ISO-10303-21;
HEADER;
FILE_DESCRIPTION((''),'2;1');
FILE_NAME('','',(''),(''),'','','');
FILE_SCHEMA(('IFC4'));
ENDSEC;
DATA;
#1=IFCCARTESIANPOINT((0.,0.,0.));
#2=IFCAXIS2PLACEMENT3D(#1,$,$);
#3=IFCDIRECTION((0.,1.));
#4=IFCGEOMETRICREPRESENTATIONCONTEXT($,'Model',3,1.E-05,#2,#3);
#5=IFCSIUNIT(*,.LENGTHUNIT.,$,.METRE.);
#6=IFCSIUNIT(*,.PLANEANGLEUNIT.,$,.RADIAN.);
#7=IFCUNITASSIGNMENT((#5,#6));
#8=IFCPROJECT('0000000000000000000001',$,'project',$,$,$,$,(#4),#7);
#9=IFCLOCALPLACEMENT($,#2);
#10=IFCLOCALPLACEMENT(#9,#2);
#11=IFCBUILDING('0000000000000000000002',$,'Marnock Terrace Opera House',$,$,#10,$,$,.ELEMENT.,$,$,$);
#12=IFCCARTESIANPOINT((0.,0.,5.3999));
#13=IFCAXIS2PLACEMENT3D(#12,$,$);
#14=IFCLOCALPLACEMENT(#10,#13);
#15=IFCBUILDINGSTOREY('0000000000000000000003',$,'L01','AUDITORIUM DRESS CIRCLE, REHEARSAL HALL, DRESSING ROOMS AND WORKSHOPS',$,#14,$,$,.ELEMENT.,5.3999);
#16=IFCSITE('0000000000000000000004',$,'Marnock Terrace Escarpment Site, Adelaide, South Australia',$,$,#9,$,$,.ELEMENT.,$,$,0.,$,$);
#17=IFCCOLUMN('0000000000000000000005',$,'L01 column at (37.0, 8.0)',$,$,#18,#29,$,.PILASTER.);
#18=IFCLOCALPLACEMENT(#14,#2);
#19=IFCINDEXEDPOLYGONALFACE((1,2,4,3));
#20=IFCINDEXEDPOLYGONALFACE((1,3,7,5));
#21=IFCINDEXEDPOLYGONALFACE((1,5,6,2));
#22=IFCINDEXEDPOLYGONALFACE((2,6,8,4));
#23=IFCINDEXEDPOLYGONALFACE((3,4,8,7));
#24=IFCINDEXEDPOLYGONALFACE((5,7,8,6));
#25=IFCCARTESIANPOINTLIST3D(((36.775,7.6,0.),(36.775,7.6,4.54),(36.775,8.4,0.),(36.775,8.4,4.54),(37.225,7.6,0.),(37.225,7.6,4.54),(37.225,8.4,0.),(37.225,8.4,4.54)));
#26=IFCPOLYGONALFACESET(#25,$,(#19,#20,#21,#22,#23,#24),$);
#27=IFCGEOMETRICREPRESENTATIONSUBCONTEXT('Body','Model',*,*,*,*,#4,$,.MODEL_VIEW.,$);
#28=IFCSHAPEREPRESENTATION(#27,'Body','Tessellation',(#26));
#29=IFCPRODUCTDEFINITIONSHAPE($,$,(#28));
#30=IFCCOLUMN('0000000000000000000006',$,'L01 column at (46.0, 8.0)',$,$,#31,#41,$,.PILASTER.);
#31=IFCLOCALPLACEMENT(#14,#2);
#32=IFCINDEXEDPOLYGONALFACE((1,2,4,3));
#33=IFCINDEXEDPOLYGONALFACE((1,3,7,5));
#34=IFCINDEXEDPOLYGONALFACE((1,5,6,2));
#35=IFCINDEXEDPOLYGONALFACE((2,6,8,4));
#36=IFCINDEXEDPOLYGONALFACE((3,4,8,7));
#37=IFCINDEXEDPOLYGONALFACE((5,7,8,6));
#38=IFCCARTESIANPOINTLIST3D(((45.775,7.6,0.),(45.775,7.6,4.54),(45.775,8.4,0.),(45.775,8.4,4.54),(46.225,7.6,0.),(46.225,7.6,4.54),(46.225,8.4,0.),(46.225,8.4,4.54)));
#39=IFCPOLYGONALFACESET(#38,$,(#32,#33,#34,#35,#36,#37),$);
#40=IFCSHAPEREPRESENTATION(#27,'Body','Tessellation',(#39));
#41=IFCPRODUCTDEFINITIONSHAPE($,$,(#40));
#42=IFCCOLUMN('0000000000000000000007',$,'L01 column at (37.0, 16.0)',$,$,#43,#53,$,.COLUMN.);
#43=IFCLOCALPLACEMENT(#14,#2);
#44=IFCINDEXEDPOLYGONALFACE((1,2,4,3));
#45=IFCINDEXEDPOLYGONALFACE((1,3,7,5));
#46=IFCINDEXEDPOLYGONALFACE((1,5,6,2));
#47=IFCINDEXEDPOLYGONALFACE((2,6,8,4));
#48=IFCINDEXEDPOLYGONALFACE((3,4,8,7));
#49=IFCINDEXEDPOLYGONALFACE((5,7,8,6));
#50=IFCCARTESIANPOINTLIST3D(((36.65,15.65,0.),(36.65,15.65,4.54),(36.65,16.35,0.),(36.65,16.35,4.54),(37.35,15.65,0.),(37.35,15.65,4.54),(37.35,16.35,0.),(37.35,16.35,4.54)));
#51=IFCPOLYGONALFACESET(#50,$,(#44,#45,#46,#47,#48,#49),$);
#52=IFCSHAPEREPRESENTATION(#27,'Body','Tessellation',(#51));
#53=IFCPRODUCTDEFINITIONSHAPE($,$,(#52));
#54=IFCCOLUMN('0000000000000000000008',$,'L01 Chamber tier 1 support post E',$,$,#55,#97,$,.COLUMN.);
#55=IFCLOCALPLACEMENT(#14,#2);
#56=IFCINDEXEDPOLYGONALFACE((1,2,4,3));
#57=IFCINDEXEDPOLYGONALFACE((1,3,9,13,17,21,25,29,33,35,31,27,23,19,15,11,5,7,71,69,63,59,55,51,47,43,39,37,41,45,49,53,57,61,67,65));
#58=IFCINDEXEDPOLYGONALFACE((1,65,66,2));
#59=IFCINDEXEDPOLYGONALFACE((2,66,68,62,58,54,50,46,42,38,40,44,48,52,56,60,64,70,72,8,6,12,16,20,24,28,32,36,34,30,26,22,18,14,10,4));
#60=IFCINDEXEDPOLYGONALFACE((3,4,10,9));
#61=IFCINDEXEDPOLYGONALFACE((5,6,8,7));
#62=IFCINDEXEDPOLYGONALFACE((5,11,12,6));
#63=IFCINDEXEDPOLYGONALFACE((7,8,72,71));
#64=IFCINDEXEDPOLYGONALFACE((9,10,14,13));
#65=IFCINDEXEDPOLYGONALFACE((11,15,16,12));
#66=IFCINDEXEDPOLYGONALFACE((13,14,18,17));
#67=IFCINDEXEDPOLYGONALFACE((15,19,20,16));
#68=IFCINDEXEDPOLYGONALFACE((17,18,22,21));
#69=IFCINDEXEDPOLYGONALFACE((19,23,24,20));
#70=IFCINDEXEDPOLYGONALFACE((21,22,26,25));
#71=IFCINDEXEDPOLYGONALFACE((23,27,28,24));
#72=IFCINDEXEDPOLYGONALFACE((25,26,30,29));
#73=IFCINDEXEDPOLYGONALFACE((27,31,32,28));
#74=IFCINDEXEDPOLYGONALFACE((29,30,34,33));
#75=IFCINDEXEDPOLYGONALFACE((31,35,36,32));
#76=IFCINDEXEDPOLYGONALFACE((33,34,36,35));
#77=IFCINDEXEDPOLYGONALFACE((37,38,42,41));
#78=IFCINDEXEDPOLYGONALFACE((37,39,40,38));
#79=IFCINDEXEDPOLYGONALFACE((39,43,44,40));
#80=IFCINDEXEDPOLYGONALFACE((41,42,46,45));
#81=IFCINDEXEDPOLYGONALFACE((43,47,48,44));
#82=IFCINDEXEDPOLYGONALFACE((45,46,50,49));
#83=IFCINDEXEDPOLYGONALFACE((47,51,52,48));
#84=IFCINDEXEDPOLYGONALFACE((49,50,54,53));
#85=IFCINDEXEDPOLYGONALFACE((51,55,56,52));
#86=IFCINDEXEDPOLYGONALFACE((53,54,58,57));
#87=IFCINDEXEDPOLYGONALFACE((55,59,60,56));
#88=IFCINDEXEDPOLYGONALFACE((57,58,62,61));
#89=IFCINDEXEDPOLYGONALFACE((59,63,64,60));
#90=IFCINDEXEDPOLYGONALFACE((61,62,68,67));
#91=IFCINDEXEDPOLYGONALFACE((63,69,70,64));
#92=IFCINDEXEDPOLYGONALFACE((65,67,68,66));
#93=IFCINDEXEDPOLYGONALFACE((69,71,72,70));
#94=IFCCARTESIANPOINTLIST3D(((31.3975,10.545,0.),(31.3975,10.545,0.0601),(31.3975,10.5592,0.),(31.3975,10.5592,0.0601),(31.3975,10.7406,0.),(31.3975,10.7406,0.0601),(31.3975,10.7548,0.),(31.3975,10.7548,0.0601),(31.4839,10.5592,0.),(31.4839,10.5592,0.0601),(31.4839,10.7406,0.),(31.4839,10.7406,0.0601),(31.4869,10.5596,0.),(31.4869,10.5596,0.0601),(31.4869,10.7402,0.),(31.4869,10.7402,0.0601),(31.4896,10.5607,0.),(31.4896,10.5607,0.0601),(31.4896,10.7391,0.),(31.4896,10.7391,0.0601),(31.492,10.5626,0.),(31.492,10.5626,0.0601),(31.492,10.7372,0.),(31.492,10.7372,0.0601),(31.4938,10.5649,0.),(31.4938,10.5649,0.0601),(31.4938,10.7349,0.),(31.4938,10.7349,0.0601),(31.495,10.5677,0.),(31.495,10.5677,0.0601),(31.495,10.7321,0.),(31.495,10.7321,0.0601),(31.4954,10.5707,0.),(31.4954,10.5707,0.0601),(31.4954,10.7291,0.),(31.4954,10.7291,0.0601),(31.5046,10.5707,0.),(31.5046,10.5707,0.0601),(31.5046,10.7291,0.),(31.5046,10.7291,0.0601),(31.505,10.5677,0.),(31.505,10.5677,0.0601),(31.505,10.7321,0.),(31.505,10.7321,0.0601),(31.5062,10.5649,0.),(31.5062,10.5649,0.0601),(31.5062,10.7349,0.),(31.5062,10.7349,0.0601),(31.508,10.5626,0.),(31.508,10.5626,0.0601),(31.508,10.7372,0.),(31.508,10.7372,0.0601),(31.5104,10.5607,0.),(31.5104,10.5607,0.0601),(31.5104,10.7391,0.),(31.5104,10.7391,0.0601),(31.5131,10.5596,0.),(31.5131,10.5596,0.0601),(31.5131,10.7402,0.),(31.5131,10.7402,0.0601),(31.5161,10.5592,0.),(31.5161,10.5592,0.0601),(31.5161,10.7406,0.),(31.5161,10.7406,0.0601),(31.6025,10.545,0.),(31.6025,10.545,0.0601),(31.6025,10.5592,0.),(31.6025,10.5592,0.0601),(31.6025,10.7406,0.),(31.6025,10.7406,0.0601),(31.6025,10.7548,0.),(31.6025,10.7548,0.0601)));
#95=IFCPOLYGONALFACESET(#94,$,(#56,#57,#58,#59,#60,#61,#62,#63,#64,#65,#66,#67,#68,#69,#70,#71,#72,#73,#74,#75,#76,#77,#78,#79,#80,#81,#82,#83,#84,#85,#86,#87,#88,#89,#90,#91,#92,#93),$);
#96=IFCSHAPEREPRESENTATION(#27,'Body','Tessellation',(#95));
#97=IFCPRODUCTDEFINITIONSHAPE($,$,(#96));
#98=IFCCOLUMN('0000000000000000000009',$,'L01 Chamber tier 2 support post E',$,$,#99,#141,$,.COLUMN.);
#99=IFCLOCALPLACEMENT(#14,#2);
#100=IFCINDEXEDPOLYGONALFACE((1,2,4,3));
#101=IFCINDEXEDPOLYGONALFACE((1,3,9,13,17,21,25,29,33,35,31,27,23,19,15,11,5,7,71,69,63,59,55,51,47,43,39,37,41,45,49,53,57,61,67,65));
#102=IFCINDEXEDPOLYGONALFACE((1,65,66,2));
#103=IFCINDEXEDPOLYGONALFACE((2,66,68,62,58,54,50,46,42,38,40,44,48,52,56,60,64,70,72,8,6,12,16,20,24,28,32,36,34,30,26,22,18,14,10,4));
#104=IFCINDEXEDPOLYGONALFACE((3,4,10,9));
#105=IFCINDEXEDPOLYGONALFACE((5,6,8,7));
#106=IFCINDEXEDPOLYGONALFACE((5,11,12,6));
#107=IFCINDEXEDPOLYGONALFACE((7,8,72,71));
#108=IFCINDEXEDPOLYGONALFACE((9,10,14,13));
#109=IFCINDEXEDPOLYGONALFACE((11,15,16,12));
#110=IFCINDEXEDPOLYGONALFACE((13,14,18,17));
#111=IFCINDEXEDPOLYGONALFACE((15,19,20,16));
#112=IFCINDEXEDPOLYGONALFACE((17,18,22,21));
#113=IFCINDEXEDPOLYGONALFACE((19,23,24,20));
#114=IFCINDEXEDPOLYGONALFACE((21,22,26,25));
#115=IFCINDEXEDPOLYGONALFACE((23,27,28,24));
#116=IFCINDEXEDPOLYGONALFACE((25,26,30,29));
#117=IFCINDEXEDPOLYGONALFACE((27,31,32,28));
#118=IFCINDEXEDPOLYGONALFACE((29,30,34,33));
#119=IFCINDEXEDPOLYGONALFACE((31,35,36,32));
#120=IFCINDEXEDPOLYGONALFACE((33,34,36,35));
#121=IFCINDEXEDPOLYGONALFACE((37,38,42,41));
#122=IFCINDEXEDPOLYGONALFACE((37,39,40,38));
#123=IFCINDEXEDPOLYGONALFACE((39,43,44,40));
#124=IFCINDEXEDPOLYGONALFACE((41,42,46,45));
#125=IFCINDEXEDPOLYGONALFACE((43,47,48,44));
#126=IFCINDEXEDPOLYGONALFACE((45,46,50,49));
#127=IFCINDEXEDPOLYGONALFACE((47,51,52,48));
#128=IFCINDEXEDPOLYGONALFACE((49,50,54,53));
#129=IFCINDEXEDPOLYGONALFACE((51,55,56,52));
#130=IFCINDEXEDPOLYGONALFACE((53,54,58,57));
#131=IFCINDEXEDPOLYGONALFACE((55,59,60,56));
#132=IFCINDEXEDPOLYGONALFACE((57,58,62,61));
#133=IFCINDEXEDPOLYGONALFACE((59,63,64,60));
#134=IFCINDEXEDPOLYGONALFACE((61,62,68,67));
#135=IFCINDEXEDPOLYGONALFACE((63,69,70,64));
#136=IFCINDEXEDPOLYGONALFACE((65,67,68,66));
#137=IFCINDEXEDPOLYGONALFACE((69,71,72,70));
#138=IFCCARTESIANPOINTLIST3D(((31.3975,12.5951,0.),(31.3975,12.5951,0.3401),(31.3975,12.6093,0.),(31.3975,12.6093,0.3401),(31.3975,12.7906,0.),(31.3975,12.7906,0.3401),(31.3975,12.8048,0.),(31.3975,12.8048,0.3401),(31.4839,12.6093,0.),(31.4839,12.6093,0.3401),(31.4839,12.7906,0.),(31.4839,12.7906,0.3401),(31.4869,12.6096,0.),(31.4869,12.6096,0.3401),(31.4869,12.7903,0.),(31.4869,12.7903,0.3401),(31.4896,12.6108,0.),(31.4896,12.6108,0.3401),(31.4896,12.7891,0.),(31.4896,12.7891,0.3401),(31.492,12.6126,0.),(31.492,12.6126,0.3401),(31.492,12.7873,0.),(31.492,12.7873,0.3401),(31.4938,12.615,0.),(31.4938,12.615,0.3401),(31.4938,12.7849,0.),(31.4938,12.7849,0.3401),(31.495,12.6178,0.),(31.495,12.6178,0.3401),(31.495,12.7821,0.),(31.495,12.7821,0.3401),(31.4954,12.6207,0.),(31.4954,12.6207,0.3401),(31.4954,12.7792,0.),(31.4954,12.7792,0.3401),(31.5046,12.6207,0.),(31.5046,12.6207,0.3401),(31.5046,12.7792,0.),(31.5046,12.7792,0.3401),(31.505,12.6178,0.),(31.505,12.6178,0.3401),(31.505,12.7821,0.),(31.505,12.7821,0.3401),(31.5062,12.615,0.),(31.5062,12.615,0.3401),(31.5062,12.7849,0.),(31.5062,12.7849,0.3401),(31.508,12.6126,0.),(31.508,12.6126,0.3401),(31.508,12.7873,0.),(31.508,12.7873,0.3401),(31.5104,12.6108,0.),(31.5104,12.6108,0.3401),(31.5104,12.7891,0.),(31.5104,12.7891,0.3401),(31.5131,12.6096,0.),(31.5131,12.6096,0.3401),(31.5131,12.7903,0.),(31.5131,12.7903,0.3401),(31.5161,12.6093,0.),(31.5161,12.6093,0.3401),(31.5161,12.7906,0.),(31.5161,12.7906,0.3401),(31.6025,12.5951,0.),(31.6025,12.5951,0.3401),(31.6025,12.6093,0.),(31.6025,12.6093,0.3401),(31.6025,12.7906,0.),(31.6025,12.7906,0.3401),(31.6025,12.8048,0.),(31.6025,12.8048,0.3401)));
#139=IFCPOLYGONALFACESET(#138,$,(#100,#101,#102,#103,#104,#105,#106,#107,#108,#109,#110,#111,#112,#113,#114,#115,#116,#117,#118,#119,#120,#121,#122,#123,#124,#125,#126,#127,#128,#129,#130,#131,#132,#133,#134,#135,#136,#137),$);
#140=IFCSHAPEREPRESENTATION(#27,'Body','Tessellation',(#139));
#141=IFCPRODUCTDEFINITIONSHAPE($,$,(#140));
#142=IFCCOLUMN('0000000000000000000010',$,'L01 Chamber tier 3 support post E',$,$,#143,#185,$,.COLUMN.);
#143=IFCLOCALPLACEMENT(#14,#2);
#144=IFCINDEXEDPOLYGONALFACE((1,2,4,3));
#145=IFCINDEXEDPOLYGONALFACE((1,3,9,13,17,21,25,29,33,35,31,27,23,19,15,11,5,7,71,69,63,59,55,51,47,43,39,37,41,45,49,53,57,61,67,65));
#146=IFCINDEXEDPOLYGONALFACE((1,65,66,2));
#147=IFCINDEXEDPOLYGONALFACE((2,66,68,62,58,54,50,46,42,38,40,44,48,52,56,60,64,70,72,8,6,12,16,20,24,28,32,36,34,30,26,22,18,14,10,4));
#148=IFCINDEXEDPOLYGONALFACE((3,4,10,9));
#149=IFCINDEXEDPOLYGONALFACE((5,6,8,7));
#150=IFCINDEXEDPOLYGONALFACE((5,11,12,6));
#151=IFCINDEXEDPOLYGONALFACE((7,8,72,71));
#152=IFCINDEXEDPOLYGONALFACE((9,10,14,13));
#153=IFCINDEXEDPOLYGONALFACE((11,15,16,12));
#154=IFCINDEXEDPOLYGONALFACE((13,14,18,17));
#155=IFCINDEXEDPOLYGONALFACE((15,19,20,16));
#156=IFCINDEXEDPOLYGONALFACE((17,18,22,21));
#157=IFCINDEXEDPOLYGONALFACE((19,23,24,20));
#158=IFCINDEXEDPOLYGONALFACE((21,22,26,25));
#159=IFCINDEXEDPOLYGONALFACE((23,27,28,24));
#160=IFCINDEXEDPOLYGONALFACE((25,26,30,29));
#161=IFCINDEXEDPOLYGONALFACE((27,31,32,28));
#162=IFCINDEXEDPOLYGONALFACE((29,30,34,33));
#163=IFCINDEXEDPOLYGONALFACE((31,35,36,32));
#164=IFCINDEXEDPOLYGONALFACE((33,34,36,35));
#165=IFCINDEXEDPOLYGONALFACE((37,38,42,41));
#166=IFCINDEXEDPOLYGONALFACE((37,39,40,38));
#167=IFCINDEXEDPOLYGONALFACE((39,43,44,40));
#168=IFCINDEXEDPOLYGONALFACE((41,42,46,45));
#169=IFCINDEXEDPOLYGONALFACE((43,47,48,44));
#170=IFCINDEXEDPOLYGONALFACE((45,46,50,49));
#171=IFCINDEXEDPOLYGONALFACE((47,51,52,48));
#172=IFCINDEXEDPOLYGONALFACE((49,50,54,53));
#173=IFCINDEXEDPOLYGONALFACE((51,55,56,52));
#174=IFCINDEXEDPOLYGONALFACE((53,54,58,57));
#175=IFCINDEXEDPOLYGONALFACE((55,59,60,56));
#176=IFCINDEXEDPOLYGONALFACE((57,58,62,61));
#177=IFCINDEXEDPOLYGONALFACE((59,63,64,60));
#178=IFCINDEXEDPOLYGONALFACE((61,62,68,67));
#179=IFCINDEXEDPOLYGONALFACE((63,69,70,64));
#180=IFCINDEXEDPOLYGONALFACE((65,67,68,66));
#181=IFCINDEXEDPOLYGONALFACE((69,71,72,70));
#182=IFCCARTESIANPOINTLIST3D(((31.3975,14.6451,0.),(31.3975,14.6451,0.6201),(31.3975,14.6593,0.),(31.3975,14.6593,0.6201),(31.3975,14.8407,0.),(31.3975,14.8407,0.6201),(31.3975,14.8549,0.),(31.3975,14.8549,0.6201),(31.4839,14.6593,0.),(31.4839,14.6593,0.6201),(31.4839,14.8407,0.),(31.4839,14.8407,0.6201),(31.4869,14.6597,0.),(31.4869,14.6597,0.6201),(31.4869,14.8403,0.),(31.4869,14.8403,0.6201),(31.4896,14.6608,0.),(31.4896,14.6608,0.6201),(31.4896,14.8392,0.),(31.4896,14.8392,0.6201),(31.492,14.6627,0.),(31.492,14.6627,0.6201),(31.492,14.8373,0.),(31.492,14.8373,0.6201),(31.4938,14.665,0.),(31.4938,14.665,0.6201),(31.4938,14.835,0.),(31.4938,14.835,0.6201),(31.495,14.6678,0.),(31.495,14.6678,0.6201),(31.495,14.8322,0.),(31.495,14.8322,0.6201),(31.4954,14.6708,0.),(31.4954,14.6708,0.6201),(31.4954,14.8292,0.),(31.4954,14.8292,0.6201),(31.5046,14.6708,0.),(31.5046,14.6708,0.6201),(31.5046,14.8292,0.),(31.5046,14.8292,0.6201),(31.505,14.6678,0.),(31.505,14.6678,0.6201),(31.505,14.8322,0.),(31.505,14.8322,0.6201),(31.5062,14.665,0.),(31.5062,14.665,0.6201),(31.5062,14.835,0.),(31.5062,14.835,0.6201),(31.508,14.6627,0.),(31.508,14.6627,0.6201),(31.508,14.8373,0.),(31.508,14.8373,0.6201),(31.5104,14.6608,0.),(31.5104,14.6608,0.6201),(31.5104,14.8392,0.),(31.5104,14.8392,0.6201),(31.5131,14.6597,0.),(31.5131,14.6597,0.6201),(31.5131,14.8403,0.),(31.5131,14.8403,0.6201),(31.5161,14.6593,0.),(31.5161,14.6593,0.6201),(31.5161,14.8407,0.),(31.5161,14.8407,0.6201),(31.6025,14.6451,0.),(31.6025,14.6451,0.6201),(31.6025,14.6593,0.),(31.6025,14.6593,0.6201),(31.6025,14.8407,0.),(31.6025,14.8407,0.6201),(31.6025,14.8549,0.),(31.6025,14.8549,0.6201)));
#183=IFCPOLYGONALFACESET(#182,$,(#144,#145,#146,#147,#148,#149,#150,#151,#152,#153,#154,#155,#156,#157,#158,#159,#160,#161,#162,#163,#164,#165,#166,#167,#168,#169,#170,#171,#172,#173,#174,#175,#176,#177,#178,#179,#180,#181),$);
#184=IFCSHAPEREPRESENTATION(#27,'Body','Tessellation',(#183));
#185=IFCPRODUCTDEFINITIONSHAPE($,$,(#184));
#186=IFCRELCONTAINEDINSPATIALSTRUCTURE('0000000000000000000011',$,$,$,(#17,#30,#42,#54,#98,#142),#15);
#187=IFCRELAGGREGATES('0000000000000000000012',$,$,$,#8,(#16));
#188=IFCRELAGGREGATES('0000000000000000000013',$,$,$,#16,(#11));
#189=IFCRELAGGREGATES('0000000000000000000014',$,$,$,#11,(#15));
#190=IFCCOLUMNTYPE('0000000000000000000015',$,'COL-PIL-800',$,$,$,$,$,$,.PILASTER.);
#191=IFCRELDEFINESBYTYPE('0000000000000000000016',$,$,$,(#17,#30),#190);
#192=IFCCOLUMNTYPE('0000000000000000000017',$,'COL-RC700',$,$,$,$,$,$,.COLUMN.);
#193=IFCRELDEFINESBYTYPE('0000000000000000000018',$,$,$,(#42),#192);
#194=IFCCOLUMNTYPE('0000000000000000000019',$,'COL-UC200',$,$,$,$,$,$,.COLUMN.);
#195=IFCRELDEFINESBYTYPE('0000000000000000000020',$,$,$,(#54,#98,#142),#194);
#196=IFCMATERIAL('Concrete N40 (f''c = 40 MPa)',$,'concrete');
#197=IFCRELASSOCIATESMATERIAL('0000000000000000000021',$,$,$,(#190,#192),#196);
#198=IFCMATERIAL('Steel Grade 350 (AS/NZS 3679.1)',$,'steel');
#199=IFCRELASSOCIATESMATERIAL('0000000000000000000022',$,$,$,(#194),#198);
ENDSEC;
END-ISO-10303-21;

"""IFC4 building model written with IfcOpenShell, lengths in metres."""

from ifc_helpers import new_model, si_unit, direction, frame, origin, origin_2d, place, context, subcontext, project, spatial, rectangle, i_section, extrude, material, material_profile, profile_set, type_object, element, save


model = new_model("IFC4")

# Units and contexts
model_context = context("Model", 3, precision=1e-05, world=origin(), true_north=direction((0.0, 1.0)))
body_context = subcontext(model_context, "Body", "Model", "MODEL_VIEW")
ifc_project = project(units=[si_unit("LENGTHUNIT", "METRE"), si_unit("PLANEANGLEUNIT", "RADIAN")], contexts=[model_context])

# Site, building, storey
site_placement = place(None, origin())
site = spatial("IfcSite", under=ifc_project, at=site_placement, Name="Marnock Terrace Escarpment Site, Adelaide, South Australia", CompositionType="ELEMENT", RefElevation=0.0)
building_placement = place(site_placement, origin())
building = spatial("IfcBuilding", under=site, at=building_placement, Name="Marnock Terrace Opera House", CompositionType="ELEMENT")
storey_placement = place(building_placement, frame((0.0, 0.0, 5.3999)))
storey = spatial("IfcBuildingStorey", under=building, at=storey_placement, Name="L01", Description="AUDITORIUM DRESS CIRCLE, REHEARSAL HALL, DRESSING ROOMS AND WORKSHOPS", CompositionType="ELEMENT", Elevation=5.3999)

# Columns
ifc_material_1 = material(Name="Concrete N40 (f'c = 40 MPa)", Category="concrete")
ifc_material_profile_1 = material_profile(ifc_material_1, rectangle(XDim=0.45, YDim=0.8, at=origin_2d()))
ifc_profile_set_1 = profile_set([ifc_material_profile_1], Name="Concrete N40 (f'c = 40 MPa)")
column_type_1 = type_object("IfcColumnType", Name="COL-PIL-800", PredefinedType="PILASTER", material=ifc_profile_set_1)
for number, where, z_axis, x_axis, name in (
    (1, (37.0, 8.0, 0.0), (0.0, 0.0, 1.0), (1.0, 0.0, 0.0), "L01 column at (37.0, 8.0)"),
    (2, (46.0, 8.0, 0.0), (0.0, 0.0, 1.0), (1.0, 0.0, 0.0), "L01 column at (46.0, 8.0)"),
):
    element("IfcColumn", number, at=place(storey_placement, frame(where, z_axis=z_axis, x_axis=x_axis)), inside=storey, type_object=column_type_1, Name=name, PredefinedType="PILASTER", context=body_context, shape_type="SweptSolid", body=[
        extrude(rectangle(XDim=0.45, YDim=0.8, at=origin_2d()), origin(), (0.0, 0.0, 1.0), 4.54),
    ])
ifc_material_profile_2 = material_profile(ifc_material_1, rectangle(XDim=0.7, YDim=0.7, at=origin_2d()))
ifc_profile_set_2 = profile_set([ifc_material_profile_2], Name="Concrete N40 (f'c = 40 MPa)")
column_type_2 = type_object("IfcColumnType", Name="COL-RC700", PredefinedType="COLUMN", material=ifc_profile_set_2)
column_1_placement = place(storey_placement, frame((37.0, 16.0, 0.0), z_axis=(0.0, 0.0, 1.0), x_axis=(1.0, 0.0, 0.0)))
element("IfcColumn", 3, at=column_1_placement, inside=storey, type_object=column_type_2, Name="L01 column at (37.0, 16.0)", PredefinedType="COLUMN", context=body_context, shape_type="SweptSolid", body=[
    extrude(rectangle(XDim=0.7, YDim=0.7, at=origin_2d()), origin(), (0.0, 0.0, 1.0), 4.54),
])
ifc_material_2 = material(Name="Steel Grade 350 (AS/NZS 3679.1)", Category="steel")
ifc_material_profile_3 = material_profile(ifc_material_2, i_section(OverallWidth=0.2051, OverallDepth=0.2097, WebThickness=0.0093, FlangeThickness=0.0142, FilletRadius=0.0115, at=origin_2d()))
ifc_profile_set_3 = profile_set([ifc_material_profile_3], Name="Steel Grade 350 (AS/NZS 3679.1)")
column_type_3 = type_object("IfcColumnType", Name="COL-UC200", PredefinedType="COLUMN", material=ifc_profile_set_3)
column_2_placement = place(storey_placement, frame((31.5, 10.6499, 0.0), z_axis=(0.0, 0.0, 1.0), x_axis=(1.0, 0.0, 0.0)))
element("IfcColumn", 4, at=column_2_placement, inside=storey, type_object=column_type_3, Name="L01 Chamber tier 1 support post E", PredefinedType="COLUMN", context=body_context, shape_type="SweptSolid", body=[
    extrude(i_section(OverallWidth=0.2051, OverallDepth=0.2097, WebThickness=0.0093, FlangeThickness=0.0142, FilletRadius=0.0115, at=origin_2d()), origin(), (0.0, 0.0, 1.0), 0.0601),
])
column_3_placement = place(storey_placement, frame((31.5, 12.7, 0.0), z_axis=(0.0, 0.0, 1.0), x_axis=(1.0, 0.0, 0.0)))
element("IfcColumn", 5, at=column_3_placement, inside=storey, type_object=column_type_3, Name="L01 Chamber tier 2 support post E", PredefinedType="COLUMN", context=body_context, shape_type="SweptSolid", body=[
    extrude(i_section(OverallWidth=0.2051, OverallDepth=0.2097, WebThickness=0.0093, FlangeThickness=0.0142, FilletRadius=0.0115, at=origin_2d()), origin(), (0.0, 0.0, 1.0), 0.3401),
])
column_4_placement = place(storey_placement, frame((31.5, 14.75, 0.0), z_axis=(0.0, 0.0, 1.0), x_axis=(1.0, 0.0, 0.0)))
element("IfcColumn", 6, at=column_4_placement, inside=storey, type_object=column_type_3, Name="L01 Chamber tier 3 support post E", PredefinedType="COLUMN", context=body_context, shape_type="SweptSolid", body=[
    extrude(i_section(OverallWidth=0.2051, OverallDepth=0.2097, WebThickness=0.0093, FlangeThickness=0.0142, FilletRadius=0.0115, at=origin_2d()), origin(), (0.0, 0.0, 1.0), 0.6201),
])

save(model, "model.ifc")
